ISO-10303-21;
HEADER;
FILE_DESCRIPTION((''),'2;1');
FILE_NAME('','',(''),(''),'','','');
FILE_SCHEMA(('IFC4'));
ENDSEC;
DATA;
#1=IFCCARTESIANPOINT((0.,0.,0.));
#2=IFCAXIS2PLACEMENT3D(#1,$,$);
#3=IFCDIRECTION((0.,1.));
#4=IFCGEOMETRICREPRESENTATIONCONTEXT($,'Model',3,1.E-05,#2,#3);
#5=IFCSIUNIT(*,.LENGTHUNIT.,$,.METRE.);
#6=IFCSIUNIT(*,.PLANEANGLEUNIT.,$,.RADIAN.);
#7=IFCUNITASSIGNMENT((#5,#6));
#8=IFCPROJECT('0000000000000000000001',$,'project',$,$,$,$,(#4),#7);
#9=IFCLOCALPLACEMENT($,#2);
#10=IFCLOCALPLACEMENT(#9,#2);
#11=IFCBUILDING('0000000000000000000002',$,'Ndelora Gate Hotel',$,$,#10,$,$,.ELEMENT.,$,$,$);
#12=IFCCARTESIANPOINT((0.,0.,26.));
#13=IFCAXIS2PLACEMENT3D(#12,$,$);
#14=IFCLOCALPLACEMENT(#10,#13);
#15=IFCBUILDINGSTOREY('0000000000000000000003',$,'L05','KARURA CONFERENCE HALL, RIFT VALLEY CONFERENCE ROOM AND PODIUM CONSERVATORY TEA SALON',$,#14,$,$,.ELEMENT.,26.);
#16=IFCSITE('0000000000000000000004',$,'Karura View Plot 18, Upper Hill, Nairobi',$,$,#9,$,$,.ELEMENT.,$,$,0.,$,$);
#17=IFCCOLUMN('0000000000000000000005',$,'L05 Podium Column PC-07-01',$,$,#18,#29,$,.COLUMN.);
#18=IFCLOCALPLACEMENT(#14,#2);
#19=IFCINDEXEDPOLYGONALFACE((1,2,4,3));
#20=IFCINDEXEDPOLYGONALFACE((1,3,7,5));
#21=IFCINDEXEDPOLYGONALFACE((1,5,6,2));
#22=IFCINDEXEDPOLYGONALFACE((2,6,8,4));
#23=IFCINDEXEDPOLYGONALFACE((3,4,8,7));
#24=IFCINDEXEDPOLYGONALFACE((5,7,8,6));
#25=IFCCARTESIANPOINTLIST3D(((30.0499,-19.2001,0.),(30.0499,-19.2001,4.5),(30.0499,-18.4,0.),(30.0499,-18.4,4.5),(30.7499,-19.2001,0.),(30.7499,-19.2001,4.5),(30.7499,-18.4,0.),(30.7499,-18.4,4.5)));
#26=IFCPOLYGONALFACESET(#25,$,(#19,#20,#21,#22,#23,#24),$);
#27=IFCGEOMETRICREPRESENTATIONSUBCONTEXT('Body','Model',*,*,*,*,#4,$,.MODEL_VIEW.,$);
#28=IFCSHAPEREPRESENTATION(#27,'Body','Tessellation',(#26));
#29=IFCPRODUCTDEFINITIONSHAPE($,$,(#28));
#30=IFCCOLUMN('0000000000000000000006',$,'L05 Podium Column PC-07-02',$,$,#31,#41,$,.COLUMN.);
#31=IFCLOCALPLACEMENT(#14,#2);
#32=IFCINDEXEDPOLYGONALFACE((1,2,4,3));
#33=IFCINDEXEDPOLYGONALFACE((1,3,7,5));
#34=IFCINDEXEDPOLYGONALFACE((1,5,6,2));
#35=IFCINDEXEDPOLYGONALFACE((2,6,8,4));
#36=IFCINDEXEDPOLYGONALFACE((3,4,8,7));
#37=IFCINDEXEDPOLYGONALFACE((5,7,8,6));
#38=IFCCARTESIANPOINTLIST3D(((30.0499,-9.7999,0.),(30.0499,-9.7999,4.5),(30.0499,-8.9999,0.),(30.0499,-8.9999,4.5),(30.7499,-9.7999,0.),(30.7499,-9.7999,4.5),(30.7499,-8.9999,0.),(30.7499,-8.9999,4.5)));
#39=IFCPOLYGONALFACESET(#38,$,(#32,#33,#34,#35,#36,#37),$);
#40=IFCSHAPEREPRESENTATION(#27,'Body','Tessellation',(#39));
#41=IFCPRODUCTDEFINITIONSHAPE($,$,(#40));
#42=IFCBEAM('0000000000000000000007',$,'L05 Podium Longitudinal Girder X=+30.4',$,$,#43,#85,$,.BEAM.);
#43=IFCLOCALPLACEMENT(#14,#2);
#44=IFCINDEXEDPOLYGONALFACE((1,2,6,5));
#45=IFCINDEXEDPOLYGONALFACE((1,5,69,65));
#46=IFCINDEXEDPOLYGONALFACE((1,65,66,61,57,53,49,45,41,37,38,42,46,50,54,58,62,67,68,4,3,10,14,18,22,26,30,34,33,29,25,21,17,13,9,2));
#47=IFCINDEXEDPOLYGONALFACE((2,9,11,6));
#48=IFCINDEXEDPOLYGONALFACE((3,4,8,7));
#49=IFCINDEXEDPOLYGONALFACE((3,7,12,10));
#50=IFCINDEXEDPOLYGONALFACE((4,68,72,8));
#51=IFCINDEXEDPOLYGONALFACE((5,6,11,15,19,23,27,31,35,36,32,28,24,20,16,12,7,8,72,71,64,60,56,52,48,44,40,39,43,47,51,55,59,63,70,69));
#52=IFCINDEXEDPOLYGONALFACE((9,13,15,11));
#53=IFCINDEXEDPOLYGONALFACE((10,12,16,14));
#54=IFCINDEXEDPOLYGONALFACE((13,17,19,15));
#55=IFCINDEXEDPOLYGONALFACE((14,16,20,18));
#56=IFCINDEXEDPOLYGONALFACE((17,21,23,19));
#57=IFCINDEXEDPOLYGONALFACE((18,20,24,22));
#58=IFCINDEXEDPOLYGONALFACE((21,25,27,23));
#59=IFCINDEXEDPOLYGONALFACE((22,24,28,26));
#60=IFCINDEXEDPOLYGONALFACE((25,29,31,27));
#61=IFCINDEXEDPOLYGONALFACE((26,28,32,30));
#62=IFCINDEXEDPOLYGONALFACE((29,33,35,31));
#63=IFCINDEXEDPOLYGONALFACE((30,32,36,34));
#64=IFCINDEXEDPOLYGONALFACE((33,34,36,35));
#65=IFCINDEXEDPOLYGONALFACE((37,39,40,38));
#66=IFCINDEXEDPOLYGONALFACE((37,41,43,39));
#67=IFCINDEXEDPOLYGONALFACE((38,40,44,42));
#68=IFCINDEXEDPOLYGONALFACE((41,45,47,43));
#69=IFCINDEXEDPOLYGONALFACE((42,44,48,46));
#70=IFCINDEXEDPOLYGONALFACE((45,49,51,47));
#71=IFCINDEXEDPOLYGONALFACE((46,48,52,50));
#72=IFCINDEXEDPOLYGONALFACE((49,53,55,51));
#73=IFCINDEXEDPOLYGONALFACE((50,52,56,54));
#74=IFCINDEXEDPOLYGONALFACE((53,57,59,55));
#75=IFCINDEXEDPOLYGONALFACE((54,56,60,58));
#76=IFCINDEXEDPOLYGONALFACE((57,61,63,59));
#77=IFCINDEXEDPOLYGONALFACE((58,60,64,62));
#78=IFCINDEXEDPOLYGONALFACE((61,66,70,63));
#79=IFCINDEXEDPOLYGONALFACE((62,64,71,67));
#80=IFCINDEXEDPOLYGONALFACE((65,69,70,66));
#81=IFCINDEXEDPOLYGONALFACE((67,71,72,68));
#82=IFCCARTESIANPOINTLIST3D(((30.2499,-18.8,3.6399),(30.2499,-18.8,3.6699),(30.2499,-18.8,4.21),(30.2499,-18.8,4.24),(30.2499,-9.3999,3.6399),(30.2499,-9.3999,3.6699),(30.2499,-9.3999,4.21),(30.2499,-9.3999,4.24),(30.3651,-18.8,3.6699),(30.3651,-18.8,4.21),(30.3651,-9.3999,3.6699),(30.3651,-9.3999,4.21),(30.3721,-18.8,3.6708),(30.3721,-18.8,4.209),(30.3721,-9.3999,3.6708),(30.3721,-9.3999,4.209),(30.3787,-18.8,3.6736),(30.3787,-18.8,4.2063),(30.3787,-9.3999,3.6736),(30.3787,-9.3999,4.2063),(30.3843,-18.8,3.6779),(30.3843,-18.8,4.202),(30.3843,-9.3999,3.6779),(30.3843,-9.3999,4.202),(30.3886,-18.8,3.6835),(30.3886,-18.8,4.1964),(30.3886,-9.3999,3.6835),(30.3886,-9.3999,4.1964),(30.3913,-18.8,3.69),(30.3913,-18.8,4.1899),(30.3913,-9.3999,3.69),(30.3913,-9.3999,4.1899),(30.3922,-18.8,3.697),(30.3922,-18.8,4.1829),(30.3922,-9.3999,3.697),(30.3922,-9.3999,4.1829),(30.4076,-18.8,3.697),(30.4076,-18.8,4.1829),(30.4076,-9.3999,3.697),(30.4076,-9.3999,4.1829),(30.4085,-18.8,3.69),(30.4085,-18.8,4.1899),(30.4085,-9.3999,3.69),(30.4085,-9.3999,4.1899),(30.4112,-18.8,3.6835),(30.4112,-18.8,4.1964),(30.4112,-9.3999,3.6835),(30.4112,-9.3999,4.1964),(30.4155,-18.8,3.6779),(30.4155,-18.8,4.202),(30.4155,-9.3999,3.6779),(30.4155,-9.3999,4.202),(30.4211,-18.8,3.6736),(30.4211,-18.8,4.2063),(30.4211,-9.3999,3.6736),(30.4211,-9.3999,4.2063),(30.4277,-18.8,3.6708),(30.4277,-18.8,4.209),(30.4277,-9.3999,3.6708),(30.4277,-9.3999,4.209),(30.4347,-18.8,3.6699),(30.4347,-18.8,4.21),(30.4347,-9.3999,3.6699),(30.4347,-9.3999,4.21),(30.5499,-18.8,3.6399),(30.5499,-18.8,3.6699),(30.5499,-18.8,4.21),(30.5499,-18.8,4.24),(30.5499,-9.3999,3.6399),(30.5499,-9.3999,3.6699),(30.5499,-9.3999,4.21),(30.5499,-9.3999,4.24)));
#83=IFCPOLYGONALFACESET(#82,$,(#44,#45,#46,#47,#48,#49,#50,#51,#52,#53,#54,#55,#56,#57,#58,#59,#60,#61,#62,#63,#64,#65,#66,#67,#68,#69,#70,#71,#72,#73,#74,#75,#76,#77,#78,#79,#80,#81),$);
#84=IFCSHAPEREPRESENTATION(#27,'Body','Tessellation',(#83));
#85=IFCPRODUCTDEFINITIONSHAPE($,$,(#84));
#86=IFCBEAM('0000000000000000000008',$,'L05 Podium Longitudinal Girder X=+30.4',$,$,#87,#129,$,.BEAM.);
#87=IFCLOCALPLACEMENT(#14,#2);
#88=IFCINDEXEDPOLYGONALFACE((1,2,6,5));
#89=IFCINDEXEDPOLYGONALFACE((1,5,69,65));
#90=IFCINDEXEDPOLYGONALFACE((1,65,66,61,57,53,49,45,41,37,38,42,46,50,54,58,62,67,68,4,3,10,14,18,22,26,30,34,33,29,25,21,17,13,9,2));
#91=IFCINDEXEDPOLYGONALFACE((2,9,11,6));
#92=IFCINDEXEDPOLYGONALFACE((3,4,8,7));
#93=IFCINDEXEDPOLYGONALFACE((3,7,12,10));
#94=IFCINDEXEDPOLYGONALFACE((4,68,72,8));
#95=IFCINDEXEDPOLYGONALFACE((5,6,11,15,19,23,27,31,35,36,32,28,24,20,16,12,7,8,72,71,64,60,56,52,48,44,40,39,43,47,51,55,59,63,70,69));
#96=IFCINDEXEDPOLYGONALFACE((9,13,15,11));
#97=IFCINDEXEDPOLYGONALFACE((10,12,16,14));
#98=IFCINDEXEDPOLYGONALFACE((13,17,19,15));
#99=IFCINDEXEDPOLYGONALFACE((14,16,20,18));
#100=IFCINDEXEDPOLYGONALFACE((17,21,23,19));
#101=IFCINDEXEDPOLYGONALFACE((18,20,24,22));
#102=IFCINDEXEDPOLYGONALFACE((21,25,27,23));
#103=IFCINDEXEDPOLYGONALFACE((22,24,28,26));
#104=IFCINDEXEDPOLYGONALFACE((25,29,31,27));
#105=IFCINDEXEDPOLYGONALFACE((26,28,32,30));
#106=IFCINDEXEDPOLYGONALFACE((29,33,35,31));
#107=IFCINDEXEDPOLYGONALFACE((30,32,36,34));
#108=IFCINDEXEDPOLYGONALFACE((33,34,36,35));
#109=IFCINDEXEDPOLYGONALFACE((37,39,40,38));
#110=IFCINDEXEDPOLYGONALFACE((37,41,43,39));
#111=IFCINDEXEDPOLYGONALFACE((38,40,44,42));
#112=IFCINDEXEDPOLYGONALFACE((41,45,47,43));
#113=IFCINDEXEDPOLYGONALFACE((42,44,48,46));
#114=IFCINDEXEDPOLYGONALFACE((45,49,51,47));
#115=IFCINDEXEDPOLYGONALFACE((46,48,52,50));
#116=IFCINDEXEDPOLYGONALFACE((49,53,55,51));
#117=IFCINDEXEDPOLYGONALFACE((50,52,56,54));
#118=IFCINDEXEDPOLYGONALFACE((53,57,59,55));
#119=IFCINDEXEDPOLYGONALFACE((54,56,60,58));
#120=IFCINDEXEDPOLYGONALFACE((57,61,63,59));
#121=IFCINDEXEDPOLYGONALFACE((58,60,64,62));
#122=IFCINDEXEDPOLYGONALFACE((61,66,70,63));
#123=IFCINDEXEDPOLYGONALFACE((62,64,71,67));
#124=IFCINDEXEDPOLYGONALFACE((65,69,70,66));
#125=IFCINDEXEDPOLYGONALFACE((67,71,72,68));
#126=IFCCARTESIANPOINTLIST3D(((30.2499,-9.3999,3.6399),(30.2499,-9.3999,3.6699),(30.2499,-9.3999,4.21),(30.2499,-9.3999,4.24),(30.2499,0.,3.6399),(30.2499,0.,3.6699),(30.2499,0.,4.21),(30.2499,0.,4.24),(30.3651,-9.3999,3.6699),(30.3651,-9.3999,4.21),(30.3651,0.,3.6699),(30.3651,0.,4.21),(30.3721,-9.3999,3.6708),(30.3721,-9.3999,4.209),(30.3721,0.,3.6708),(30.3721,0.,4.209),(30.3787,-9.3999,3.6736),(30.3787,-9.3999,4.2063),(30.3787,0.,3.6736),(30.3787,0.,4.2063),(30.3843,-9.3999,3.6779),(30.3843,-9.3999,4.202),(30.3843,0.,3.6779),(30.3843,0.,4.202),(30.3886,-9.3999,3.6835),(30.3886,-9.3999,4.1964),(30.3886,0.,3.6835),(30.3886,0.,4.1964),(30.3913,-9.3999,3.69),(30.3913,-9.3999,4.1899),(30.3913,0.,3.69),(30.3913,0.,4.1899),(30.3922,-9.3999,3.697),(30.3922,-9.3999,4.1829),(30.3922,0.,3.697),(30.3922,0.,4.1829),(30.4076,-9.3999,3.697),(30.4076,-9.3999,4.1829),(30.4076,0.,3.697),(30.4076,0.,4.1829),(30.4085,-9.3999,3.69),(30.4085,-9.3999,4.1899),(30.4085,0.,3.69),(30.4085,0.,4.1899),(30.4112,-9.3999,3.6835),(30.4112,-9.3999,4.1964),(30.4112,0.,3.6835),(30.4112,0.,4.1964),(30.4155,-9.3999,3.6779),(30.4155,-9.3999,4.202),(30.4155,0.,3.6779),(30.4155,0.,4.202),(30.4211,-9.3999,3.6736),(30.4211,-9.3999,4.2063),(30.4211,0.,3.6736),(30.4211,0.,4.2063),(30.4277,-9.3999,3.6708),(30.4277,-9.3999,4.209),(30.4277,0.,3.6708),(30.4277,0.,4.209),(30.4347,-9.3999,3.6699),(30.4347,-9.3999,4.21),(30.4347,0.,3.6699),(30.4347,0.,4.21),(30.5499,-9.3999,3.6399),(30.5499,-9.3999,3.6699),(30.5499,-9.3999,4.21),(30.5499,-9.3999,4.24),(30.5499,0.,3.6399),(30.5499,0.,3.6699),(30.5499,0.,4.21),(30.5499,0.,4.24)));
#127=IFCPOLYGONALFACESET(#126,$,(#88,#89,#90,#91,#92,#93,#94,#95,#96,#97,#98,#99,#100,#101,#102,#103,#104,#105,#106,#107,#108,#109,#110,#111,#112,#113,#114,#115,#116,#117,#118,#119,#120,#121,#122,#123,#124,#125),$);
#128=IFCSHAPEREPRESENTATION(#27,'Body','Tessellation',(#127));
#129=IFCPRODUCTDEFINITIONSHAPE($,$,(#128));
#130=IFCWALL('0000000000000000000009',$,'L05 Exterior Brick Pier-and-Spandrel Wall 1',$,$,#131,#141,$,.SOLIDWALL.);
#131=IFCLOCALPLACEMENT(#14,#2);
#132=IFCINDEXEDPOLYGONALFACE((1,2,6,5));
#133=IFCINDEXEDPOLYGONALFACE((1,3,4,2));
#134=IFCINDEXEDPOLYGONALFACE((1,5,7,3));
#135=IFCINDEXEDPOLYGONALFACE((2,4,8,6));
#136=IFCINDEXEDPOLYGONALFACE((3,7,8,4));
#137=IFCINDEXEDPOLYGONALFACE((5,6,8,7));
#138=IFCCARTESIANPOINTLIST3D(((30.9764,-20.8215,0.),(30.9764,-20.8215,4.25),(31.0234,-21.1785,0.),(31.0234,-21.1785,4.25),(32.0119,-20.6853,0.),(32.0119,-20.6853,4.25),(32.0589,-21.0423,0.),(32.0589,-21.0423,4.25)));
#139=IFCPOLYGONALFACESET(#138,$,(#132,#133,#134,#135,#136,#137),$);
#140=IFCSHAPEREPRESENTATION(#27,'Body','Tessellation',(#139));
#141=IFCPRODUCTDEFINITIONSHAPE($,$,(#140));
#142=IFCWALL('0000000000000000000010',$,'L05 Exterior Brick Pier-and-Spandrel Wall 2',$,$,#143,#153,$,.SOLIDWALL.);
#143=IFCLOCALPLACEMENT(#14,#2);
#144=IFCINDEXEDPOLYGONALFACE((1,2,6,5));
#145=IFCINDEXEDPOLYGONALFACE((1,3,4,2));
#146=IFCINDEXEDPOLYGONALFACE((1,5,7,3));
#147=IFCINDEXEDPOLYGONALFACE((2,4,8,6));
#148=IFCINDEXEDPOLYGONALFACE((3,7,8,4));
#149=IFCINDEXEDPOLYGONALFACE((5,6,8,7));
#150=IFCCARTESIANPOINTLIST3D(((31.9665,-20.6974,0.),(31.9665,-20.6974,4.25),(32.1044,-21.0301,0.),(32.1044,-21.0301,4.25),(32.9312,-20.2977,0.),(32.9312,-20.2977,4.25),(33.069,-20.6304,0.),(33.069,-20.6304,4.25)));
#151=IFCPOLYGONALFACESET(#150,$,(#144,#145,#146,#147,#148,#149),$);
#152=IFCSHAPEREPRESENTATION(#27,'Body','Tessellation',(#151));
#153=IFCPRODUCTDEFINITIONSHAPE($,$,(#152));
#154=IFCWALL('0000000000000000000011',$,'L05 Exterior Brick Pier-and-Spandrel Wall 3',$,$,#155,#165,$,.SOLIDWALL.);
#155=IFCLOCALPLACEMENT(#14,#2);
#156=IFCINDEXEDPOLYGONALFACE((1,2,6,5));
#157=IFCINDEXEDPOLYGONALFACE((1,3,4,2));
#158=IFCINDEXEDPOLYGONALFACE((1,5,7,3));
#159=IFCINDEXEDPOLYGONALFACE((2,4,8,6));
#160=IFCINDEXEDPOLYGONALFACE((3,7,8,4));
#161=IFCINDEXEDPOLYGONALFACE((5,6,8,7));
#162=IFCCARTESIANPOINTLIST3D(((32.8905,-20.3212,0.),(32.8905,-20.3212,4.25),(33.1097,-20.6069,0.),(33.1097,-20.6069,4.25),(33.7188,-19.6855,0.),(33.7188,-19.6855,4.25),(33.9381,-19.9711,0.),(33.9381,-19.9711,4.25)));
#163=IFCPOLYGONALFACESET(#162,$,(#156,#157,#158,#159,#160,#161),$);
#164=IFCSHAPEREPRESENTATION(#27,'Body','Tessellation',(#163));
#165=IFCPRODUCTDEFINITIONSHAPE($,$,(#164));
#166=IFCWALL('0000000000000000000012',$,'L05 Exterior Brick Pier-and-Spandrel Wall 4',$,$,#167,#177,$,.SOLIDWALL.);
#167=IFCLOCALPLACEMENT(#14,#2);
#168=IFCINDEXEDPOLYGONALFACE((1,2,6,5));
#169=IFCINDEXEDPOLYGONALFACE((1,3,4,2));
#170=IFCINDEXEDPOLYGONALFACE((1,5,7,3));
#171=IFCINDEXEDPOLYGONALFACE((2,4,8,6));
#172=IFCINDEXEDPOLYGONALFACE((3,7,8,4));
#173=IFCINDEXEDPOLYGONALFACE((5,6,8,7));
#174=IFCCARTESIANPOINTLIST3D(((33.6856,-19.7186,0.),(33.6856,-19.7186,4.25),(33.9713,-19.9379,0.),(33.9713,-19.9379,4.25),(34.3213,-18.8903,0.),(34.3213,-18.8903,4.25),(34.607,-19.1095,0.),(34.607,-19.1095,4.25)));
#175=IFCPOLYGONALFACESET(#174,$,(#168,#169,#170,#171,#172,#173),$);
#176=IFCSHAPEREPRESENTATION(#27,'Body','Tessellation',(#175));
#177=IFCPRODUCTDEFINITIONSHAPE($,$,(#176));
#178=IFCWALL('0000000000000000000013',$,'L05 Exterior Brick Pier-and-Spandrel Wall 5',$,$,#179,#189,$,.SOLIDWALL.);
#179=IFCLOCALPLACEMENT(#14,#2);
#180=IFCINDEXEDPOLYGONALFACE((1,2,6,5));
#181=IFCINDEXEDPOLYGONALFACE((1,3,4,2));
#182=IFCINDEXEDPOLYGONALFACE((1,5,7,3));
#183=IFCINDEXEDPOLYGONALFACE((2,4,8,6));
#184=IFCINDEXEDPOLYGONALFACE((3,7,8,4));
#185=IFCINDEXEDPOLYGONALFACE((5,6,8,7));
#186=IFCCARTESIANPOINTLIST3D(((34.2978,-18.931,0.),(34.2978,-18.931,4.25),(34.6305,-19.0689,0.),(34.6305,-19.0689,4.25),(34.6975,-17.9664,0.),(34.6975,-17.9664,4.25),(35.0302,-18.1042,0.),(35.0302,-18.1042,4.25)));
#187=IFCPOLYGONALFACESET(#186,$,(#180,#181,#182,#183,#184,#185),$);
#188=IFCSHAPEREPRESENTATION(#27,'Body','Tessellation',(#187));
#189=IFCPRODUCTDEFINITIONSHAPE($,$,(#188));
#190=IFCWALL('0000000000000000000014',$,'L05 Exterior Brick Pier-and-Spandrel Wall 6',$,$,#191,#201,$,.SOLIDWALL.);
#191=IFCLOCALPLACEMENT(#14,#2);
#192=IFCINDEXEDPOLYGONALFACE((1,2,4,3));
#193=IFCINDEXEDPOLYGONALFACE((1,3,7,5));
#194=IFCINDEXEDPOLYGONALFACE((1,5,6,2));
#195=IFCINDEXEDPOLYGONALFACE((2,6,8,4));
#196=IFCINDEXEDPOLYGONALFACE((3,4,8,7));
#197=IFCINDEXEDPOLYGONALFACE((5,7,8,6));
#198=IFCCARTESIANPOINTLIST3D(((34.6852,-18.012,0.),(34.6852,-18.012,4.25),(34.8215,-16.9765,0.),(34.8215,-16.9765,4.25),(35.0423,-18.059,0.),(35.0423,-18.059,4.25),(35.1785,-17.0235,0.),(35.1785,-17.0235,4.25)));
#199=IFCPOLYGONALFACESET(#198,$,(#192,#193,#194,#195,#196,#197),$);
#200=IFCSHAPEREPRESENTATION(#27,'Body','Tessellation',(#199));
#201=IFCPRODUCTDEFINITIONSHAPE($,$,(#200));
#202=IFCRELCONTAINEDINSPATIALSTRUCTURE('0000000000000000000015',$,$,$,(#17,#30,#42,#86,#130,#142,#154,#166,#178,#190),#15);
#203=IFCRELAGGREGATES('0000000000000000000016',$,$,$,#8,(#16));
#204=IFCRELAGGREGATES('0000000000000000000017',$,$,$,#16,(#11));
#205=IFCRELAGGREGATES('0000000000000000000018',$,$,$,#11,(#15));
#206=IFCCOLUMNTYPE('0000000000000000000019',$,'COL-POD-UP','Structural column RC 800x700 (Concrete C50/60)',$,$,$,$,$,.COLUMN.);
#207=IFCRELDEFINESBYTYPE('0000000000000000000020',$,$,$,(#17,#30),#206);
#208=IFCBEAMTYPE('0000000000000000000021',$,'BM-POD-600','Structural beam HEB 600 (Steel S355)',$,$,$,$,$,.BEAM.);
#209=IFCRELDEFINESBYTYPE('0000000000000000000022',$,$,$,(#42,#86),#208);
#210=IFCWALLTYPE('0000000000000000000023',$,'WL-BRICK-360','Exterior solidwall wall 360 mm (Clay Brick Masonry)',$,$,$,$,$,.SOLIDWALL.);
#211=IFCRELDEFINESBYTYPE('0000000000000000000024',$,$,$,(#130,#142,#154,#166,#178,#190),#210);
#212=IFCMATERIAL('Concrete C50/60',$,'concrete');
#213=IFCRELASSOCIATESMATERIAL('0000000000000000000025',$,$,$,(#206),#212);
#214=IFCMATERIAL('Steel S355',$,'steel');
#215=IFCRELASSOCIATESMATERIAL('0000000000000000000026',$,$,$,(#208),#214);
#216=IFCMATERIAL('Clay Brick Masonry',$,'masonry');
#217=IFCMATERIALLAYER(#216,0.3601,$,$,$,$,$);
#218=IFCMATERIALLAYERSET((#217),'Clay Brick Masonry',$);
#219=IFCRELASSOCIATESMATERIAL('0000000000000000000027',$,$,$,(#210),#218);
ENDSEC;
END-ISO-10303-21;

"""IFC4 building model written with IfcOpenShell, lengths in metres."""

from ifc_helpers import new_model, si_unit, direction, frame, frame_2d, origin, origin_2d, place, context, subcontext, project, spatial, rectangle, i_section, extrude, material, layer, layer_set, material_profile, profile_set, type_object, element, save


model = new_model("IFC4")

# Units and contexts
model_context = context("Model", 3, precision=1e-05, world=origin(), true_north=direction((0.0, 1.0)))
body_context = subcontext(model_context, "Body", "Model", "MODEL_VIEW")
ifc_project = project(units=[si_unit("LENGTHUNIT", "METRE"), si_unit("PLANEANGLEUNIT", "RADIAN")], contexts=[model_context])

# Site, building, storey
site_placement = place(None, origin())
site = spatial("IfcSite", under=ifc_project, at=site_placement, Name="Karura View Plot 18, Upper Hill, Nairobi", CompositionType="ELEMENT", RefElevation=0.0)
building_placement = place(site_placement, origin())
building = spatial("IfcBuilding", under=site, at=building_placement, Name="Ndelora Gate Hotel", CompositionType="ELEMENT")
storey_placement = place(building_placement, frame((0.0, 0.0, 26.0)))
storey = spatial("IfcBuildingStorey", under=building, at=storey_placement, Name="L05", Description="KARURA CONFERENCE HALL, RIFT VALLEY CONFERENCE ROOM AND PODIUM CONSERVATORY TEA SALON", CompositionType="ELEMENT", Elevation=26.0)

# Columns
ifc_material_1 = material(Name="Concrete C50/60", Category="concrete")
ifc_material_profile_1 = material_profile(ifc_material_1, rectangle(XDim=0.7, YDim=0.8, at=origin_2d()), Name="RC 800x700")
ifc_profile_set_1 = profile_set([ifc_material_profile_1], Name="Concrete C50/60")
column_type = type_object("IfcColumnType", Name="COL-POD-UP", Description="Structural column RC 800x700 (Concrete C50/60)", PredefinedType="COLUMN", material=ifc_profile_set_1)
for number, where, z_axis, x_axis, name in (
    (1, (30.3999, -18.8, 0.0), (0.0, 0.0, 1.0), (1.0, 0.0, 0.0), "L05 Podium Column PC-07-01"),
    (2, (30.3999, -9.3999, 0.0), (0.0, 0.0, 1.0), (1.0, 0.0, 0.0), "L05 Podium Column PC-07-02"),
):
    element("IfcColumn", number, at=place(storey_placement, frame(where, z_axis=z_axis, x_axis=x_axis)), inside=storey, type_object=column_type, Name=name, PredefinedType="COLUMN", context=body_context, shape_type="SweptSolid", body=[
        extrude(rectangle(XDim=0.7, YDim=0.8, at=origin_2d()), origin(), (0.0, 0.0, 1.0), 4.5),
    ])

# Beams
ifc_material_2 = material(Name="Steel S355", Category="steel")
ifc_material_profile_2 = material_profile(ifc_material_2, i_section(OverallWidth=0.3, OverallDepth=0.6001, WebThickness=0.0154, FlangeThickness=0.03, FilletRadius=0.0271, at=origin_2d()), Name="HEB 600")
ifc_profile_set_2 = profile_set([ifc_material_profile_2], Name="Steel S355")
beam_type = type_object("IfcBeamType", Name="BM-POD-600", Description="Structural beam HEB 600 (Steel S355)", PredefinedType="BEAM", material=ifc_profile_set_2)
beam_1_placement = place(storey_placement, frame((30.3999, -18.8, 3.9399), z_axis=(0.0, 1.0, 0.0), x_axis=(-1.0, 0.0, 0.0)))
element("IfcBeam", 3, at=beam_1_placement, inside=storey, type_object=beam_type, Name="L05 Podium Longitudinal Girder X=+30.4", PredefinedType="BEAM", context=body_context, shape_type="SweptSolid", body=[
    extrude(i_section(OverallWidth=0.3, OverallDepth=0.6001, WebThickness=0.0154, FlangeThickness=0.03, FilletRadius=0.0271, at=origin_2d()), origin(), (0.0, 0.0, 1.0), 9.4001),
])
beam_2_placement = place(storey_placement, frame((30.3999, -9.3999, 3.9399), z_axis=(0.0, 1.0, 0.0), x_axis=(-1.0, 0.0, 0.0)))
element("IfcBeam", 4, at=beam_2_placement, inside=storey, type_object=beam_type, Name="L05 Podium Longitudinal Girder X=+30.4", PredefinedType="BEAM", context=body_context, shape_type="SweptSolid", body=[
    extrude(i_section(OverallWidth=0.3, OverallDepth=0.6001, WebThickness=0.0154, FlangeThickness=0.03, FilletRadius=0.0271, at=origin_2d()), origin(), (0.0, 0.0, 1.0), 9.3999),
])

# Walls
ifc_material_3 = material(Name="Clay Brick Masonry", Category="masonry")
ifc_layer_1 = layer(ifc_material_3, 0.3601)
ifc_layer_set_1 = layer_set([ifc_layer_1], Name="Clay Brick Masonry")
wall_type_1 = type_object("IfcWallType", Name="WL-BRICK-360", Description="Exterior solidwall wall 360 mm (Clay Brick Masonry)", PredefinedType="SOLIDWALL", material=ifc_layer_set_1)
wall_1_placement = place(storey_placement, frame((32.0354, -20.8638, 0.0), z_axis=(0.0, 0.0, 1.0), x_axis=(-0.991455, -0.130448, 0.0)))
element("IfcWall", 5, at=wall_1_placement, inside=storey, type_object=wall_type_1, Name="L05 Exterior Brick Pier-and-Spandrel Wall 1", PredefinedType="SOLIDWALL", context=body_context, shape_type="SweptSolid", body=[
    extrude(rectangle(XDim=1.0444, YDim=0.3601, at=frame_2d((0.5222, 0.0))), origin(), (0.0, 0.0, 1.0), 4.25),
])
for number, where, z_axis, x_axis, name in (
    (6, (33.0, -20.4641, 0.0), (0.0, 0.0, 1.0), (-0.923843, -0.382772, 0.0), "L05 Exterior Brick Pier-and-Spandrel Wall 2"),
    (7, (33.8284, -19.8284, 0.0), (0.0, 0.0, 1.0), (-0.793301, -0.608829, 0.0), "L05 Exterior Brick Pier-and-Spandrel Wall 3"),
    (8, (34.4641, -19.0, 0.0), (0.0, 0.0, 1.0), (-0.608829, -0.793301, 0.0), "L05 Exterior Brick Pier-and-Spandrel Wall 4"),
    (9, (34.8638, -18.0354, 0.0), (0.0, 0.0, 1.0), (-0.382772, -0.923843, 0.0), "L05 Exterior Brick Pier-and-Spandrel Wall 5"),
):
    element("IfcWall", number, at=place(storey_placement, frame(where, z_axis=z_axis, x_axis=x_axis)), inside=storey, type_object=wall_type_1, Name=name, PredefinedType="SOLIDWALL", context=body_context, shape_type="SweptSolid", body=[
        extrude(rectangle(XDim=1.0442, YDim=0.3601, at=frame_2d((0.522, 0.0))), origin(), (0.0, 0.0, 1.0), 4.25),
    ])
wall_2_placement = place(storey_placement, frame((35.0, -17.0, 0.0), z_axis=(0.0, 0.0, 1.0), x_axis=(-0.130448, -0.991455, 0.0)))
element("IfcWall", 10, at=wall_2_placement, inside=storey, type_object=wall_type_1, Name="L05 Exterior Brick Pier-and-Spandrel Wall 6", PredefinedType="SOLIDWALL", context=body_context, shape_type="SweptSolid", body=[
    extrude(rectangle(XDim=1.0444, YDim=0.3601, at=frame_2d((0.5222, 0.0))), origin(), (0.0, 0.0, 1.0), 4.25),
])

save(model, "model.ifc")
